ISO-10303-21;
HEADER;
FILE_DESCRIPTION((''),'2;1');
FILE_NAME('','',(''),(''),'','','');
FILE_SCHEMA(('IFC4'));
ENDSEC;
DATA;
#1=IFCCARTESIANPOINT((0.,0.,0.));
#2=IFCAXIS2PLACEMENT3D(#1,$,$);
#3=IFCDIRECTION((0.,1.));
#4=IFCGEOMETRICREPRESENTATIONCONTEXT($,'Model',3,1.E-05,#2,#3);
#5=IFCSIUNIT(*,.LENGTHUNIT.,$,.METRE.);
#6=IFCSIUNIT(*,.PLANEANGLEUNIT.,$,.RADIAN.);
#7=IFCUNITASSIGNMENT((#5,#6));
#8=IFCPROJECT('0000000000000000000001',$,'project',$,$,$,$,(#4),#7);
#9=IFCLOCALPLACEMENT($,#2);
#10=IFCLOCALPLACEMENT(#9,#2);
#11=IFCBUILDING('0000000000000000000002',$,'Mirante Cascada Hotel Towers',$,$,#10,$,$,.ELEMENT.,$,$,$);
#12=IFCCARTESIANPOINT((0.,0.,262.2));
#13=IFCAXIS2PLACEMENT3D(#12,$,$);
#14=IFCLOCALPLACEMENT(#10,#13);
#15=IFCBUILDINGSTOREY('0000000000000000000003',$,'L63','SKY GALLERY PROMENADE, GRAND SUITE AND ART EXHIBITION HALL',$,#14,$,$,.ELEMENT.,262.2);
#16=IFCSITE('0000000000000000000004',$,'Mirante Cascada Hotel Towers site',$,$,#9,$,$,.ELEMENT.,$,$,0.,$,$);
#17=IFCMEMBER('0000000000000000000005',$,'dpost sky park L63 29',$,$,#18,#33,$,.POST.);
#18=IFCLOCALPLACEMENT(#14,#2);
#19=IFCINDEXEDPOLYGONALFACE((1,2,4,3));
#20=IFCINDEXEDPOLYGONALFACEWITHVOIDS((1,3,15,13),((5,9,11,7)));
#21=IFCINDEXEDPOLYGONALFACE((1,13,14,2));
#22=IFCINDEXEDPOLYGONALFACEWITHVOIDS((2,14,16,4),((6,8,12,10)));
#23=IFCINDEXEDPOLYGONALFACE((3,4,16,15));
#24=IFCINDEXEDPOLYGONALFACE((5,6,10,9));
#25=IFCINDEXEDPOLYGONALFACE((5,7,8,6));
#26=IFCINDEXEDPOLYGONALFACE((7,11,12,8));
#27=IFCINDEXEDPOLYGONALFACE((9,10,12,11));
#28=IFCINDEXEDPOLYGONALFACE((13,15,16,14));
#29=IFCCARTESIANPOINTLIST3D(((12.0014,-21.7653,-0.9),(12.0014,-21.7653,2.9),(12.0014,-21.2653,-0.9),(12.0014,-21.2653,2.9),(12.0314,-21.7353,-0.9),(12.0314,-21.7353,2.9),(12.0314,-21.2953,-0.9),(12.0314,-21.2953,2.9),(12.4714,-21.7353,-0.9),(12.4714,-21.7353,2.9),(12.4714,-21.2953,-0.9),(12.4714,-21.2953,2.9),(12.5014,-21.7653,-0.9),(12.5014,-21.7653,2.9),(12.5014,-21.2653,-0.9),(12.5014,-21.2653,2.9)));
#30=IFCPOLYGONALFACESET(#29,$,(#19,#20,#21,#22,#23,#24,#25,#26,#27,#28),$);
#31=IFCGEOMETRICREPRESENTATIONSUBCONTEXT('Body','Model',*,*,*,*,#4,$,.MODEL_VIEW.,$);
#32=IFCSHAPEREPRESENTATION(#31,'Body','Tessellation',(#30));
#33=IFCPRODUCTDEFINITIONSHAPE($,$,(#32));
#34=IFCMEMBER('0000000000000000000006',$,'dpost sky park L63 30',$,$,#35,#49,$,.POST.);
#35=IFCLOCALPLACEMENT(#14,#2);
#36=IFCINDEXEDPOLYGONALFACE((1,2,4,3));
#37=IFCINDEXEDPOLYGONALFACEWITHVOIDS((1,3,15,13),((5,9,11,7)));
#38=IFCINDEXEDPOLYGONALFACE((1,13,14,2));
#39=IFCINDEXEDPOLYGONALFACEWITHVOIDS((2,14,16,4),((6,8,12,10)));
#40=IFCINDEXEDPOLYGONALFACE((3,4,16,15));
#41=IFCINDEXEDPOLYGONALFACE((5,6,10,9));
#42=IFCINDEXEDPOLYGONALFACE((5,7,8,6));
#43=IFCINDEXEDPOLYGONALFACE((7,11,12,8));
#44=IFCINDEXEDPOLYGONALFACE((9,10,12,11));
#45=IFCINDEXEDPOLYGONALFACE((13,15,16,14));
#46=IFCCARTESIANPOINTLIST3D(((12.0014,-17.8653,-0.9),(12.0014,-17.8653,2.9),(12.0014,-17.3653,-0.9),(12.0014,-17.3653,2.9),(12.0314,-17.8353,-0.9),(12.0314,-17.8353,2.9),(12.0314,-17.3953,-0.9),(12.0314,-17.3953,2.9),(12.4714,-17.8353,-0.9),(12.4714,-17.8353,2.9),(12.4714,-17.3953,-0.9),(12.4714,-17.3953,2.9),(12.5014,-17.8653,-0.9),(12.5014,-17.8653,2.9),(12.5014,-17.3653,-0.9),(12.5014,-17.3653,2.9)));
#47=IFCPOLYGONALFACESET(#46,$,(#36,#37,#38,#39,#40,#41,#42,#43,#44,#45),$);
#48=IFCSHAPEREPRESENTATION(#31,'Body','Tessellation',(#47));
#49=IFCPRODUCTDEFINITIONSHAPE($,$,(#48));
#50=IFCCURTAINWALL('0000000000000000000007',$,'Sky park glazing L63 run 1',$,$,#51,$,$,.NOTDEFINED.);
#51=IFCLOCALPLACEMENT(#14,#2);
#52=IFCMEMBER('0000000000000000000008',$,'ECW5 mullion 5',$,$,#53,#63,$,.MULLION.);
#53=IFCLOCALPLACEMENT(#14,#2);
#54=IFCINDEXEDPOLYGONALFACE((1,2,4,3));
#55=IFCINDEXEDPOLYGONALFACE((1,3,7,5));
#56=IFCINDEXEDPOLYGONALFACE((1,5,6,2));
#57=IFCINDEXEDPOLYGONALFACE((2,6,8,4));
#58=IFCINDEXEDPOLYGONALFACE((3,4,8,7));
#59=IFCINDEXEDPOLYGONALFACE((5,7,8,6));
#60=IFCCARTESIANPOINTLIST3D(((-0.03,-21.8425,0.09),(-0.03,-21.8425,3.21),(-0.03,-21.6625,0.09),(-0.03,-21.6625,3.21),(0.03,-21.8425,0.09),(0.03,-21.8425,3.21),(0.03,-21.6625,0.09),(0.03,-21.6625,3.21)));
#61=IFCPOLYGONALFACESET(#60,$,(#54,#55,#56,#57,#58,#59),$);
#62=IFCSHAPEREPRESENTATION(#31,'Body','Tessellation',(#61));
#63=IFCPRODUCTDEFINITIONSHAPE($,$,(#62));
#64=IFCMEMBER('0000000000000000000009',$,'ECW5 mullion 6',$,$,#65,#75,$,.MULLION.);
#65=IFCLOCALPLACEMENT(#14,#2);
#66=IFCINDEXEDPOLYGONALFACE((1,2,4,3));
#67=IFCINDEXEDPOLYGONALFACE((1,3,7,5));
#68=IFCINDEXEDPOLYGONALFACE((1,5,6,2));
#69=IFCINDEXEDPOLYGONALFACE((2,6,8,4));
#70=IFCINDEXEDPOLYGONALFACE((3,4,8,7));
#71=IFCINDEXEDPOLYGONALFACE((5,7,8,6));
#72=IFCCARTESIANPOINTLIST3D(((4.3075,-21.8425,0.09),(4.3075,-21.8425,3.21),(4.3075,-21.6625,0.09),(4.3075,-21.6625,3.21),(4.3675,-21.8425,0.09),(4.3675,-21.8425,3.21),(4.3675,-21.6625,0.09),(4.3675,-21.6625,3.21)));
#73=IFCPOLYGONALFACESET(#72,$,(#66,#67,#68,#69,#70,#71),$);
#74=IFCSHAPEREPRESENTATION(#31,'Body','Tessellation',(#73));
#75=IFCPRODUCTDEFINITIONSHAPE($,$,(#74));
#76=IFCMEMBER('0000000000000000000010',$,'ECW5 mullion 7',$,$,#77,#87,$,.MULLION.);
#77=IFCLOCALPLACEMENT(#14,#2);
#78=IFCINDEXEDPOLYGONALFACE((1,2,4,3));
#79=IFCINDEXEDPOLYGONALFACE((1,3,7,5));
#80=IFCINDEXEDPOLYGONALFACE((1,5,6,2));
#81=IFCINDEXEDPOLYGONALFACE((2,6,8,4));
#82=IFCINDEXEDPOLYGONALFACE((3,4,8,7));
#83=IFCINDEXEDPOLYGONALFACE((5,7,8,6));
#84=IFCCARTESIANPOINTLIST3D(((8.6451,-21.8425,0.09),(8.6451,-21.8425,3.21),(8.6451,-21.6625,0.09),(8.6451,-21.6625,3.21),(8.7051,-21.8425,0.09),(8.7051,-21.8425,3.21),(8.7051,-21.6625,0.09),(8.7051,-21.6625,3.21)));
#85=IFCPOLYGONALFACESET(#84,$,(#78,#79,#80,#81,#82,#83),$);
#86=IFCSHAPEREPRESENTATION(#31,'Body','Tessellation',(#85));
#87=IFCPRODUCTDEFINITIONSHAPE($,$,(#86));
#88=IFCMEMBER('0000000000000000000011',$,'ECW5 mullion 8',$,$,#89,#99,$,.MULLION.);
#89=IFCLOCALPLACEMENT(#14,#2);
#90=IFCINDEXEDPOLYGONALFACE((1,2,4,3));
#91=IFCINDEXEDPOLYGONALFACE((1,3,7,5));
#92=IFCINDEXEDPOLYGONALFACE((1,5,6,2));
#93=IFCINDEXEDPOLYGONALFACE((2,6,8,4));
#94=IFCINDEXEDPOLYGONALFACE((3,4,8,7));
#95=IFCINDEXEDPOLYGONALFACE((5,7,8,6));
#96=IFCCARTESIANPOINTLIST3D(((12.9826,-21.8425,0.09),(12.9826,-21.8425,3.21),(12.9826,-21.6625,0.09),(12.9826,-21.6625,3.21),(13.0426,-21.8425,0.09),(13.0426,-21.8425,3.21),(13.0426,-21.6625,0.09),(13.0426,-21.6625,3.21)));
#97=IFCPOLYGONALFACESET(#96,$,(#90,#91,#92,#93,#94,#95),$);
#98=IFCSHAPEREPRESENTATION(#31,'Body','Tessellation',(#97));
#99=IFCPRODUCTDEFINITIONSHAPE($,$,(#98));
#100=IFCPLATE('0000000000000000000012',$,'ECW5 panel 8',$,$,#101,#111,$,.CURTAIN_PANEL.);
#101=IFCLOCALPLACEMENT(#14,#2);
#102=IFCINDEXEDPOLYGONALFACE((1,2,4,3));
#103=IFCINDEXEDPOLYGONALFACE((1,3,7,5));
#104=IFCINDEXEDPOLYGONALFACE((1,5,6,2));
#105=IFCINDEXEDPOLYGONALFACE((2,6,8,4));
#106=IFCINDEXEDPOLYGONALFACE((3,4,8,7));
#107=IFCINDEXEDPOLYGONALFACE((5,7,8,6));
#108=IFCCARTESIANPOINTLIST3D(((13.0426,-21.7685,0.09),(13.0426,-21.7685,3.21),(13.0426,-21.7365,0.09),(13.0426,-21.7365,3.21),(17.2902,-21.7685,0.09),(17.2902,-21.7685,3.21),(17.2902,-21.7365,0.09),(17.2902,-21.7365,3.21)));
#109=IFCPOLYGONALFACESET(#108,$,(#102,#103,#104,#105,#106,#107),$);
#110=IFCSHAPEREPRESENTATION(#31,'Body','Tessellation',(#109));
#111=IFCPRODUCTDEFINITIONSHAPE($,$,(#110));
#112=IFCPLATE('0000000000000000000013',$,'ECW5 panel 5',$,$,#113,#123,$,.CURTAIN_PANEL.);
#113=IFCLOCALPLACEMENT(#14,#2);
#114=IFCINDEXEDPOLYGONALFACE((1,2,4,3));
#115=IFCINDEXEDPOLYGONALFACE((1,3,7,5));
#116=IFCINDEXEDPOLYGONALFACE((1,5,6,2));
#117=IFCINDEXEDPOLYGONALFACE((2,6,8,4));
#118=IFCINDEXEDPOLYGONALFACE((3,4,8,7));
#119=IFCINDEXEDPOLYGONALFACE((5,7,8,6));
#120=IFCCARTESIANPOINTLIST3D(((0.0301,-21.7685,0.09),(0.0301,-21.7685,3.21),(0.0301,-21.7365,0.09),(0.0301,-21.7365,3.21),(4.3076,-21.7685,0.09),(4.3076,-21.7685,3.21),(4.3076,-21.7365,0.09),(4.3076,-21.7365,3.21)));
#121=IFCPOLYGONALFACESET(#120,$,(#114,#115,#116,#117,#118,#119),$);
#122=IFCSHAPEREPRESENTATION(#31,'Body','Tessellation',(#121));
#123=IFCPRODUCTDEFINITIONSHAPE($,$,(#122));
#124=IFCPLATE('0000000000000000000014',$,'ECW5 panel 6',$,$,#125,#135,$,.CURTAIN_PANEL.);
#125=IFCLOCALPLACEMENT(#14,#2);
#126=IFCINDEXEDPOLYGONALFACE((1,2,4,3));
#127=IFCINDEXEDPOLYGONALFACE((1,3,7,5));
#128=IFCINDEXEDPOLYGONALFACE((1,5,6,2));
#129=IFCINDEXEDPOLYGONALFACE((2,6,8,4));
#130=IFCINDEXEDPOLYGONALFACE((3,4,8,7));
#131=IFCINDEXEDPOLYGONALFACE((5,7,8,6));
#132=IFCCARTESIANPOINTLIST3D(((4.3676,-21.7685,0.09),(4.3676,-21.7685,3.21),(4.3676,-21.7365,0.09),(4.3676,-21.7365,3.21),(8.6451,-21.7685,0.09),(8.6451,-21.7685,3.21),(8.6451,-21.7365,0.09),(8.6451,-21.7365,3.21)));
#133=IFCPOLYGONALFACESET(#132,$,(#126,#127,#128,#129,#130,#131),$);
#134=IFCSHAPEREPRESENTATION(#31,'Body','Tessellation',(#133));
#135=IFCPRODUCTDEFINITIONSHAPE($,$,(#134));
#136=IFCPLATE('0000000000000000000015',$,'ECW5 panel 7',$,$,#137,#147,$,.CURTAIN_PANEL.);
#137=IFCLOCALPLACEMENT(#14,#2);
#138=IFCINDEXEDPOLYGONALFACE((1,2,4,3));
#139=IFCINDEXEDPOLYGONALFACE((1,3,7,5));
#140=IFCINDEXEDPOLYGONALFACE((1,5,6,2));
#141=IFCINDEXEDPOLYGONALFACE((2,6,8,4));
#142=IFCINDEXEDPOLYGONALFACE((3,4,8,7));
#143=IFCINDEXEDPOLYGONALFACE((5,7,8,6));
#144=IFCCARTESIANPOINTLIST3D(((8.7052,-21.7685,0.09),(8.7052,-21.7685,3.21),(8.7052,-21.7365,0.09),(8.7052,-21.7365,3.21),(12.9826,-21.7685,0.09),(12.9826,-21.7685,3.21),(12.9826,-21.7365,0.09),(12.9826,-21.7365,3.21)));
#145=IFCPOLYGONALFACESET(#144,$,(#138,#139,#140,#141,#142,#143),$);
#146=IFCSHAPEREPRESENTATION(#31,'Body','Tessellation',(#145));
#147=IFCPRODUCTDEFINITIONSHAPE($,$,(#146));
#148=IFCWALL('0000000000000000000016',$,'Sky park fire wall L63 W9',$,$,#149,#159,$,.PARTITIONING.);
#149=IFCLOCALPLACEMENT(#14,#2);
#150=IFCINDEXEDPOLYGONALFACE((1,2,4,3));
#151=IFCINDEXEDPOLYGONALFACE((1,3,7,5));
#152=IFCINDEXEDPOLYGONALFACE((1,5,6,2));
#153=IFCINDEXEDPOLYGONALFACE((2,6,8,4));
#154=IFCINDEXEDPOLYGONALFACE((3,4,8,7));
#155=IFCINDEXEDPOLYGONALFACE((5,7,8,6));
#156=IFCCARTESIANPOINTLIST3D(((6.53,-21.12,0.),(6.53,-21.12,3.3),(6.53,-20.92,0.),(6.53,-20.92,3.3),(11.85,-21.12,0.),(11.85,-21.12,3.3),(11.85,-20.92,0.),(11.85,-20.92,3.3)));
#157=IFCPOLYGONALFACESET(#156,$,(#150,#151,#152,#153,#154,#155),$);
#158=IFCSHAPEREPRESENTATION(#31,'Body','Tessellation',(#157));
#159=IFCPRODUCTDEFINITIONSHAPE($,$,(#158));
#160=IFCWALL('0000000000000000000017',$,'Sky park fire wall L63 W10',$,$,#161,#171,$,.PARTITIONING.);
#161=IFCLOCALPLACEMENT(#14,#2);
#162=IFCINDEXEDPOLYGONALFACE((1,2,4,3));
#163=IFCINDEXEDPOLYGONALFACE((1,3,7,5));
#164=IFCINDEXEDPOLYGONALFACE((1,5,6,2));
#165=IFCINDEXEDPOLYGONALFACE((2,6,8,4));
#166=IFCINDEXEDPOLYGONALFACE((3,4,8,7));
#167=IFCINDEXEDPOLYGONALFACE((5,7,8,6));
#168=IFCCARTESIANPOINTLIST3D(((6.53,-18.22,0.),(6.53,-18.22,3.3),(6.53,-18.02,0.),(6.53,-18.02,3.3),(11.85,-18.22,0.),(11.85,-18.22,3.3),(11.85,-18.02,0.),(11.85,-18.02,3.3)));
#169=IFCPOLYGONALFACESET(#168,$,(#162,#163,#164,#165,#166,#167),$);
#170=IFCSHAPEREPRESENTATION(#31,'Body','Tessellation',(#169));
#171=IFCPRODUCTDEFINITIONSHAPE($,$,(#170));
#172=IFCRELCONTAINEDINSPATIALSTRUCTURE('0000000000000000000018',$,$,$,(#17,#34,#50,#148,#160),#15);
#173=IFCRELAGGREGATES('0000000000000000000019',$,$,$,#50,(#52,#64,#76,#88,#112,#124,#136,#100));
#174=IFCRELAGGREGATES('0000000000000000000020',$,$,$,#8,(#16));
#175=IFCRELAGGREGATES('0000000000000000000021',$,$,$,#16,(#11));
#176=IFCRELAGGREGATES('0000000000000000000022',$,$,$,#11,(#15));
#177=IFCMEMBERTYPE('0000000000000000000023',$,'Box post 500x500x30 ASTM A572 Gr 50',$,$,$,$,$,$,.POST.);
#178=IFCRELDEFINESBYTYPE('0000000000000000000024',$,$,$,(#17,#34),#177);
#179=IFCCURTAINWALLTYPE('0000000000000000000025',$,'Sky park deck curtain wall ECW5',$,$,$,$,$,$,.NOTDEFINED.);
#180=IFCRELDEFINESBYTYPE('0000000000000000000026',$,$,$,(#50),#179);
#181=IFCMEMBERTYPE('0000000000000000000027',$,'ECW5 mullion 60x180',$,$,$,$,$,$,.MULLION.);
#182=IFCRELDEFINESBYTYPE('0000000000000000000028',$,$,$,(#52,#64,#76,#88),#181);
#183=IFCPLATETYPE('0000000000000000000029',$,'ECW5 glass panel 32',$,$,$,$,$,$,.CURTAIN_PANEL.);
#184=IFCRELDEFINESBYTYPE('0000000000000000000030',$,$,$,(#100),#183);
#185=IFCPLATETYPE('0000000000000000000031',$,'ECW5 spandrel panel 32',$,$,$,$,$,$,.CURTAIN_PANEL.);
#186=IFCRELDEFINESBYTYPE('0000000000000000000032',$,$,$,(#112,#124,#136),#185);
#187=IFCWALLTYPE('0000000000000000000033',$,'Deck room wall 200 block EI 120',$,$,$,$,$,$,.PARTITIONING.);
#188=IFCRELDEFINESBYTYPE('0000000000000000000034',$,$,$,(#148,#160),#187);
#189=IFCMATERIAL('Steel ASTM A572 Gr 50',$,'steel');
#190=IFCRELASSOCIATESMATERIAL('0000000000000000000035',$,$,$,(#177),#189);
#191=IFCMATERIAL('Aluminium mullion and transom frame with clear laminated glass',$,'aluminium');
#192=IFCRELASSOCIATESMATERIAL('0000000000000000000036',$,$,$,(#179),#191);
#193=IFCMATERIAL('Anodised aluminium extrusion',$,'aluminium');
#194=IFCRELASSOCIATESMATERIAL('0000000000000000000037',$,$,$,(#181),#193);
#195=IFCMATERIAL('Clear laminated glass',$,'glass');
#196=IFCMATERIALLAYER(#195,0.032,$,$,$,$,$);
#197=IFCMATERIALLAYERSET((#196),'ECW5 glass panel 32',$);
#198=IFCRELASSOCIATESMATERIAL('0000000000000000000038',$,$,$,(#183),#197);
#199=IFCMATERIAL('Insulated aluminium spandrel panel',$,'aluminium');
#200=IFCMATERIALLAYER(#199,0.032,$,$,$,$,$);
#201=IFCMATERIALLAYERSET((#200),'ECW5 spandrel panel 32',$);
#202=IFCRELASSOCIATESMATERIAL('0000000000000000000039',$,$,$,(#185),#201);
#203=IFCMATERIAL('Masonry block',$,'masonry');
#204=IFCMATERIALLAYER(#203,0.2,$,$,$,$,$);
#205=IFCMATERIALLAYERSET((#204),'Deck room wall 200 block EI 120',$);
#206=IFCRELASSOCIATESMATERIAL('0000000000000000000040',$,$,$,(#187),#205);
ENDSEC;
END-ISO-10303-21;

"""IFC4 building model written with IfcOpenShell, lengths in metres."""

from ifc_helpers import new_model, si_unit, direction, frame, frame_2d, origin, origin_2d, place, context, subcontext, project, spatial, rectangle, hollow_rectangle, extrude, material, layer, layer_set, material_profile, profile_set, type_object, element, aggregate, save


model = new_model("IFC4")

# Units and contexts
model_context = context("Model", 3, precision=1e-05, world=origin(), true_north=direction((0.0, 1.0)))
body_context = subcontext(model_context, "Body", "Model", "MODEL_VIEW")
ifc_project = project(units=[si_unit("LENGTHUNIT", "METRE"), si_unit("PLANEANGLEUNIT", "RADIAN")], contexts=[model_context])

# Site, building, storey
site_placement = place(None, origin())
site = spatial("IfcSite", under=ifc_project, at=site_placement, Name="Mirante Cascada Hotel Towers site", CompositionType="ELEMENT", RefElevation=0.0)
building_placement = place(site_placement, origin())
building = spatial("IfcBuilding", under=site, at=building_placement, Name="Mirante Cascada Hotel Towers", CompositionType="ELEMENT")
storey_placement = place(building_placement, frame((0.0, 0.0, 262.2)))
storey = spatial("IfcBuildingStorey", under=building, at=storey_placement, Name="L63", Description="SKY GALLERY PROMENADE, GRAND SUITE AND ART EXHIBITION HALL", CompositionType="ELEMENT", Elevation=262.2)

# Members
ifc_material_1 = material(Name="Steel ASTM A572 Gr 50", Category="steel")
ifc_material_profile_1 = material_profile(ifc_material_1, hollow_rectangle(XDim=0.5, YDim=0.5, WallThickness=0.03, at=origin_2d()), Name="Box post 500x500x30 ASTM A572 Gr 50")
ifc_profile_set_1 = profile_set([ifc_material_profile_1], Name="Steel ASTM A572 Gr 50")
member_type_1 = type_object("IfcMemberType", Name="Box post 500x500x30 ASTM A572 Gr 50", PredefinedType="POST", material=ifc_profile_set_1)
for number, where, z_axis, x_axis, name in (
    (1, (12.2514, -21.5153, -0.9), (0.0, 0.0, 1.0), (1.0, 0.0, 0.0), "dpost sky park L63 29"),
    (2, (12.2514, -17.6153, -0.9), (0.0, 0.0, 1.0), (1.0, 0.0, 0.0), "dpost sky park L63 30"),
):
    element("IfcMember", number, at=place(storey_placement, frame(where, z_axis=z_axis, x_axis=x_axis)), inside=storey, type_object=member_type_1, Name=name, PredefinedType="POST", context=body_context, shape_type="SweptSolid", body=[
        extrude(hollow_rectangle(XDim=0.5, YDim=0.5, WallThickness=0.03, at=origin_2d()), origin(), (0.0, 0.0, 1.0), 3.8),
    ])

# Curtain wall, members, plates
ifc_material_2 = material(Name="Aluminium mullion and transom frame with clear laminated glass", Category="aluminium")
curtain_wall_type = type_object("IfcCurtainWallType", Name="Sky park deck curtain wall ECW5", PredefinedType="NOTDEFINED", material=ifc_material_2)
curtain_wall_placement = place(storey_placement, origin())
curtain_wall = element("IfcCurtainWall", 3, at=curtain_wall_placement, inside=storey, type_object=curtain_wall_type, Name="Sky park glazing L63 run 1", PredefinedType="NOTDEFINED")
ifc_material_3 = material(Name="Anodised aluminium extrusion", Category="aluminium")
ifc_material_profile_2 = material_profile(ifc_material_3, rectangle(XDim=0.18, YDim=0.06, at=origin_2d()), Name="ECW5 MULLION 60x180")
ifc_profile_set_2 = profile_set([ifc_material_profile_2], Name="Anodised aluminium extrusion")
member_type_2 = type_object("IfcMemberType", Name="ECW5 mullion 60x180", PredefinedType="MULLION", material=ifc_profile_set_2)
member_1_placement = place(storey_placement, frame((0.0, -21.7525, 0.09), z_axis=(0.0, 0.0, 1.0), x_axis=(0.0, 1.0, 0.0)))
member_1 = element("IfcMember", 4, at=member_1_placement, type_object=member_type_2, Name="ECW5 mullion 5", PredefinedType="MULLION", context=body_context, shape_type="SweptSolid", body=[
    extrude(rectangle(XDim=0.18, YDim=0.06, at=origin_2d()), origin(), (0.0, 0.0, 1.0), 3.12),
])
member_2_placement = place(storey_placement, frame((4.3375, -21.7525, 0.09), z_axis=(0.0, 0.0, 1.0), x_axis=(0.0, 1.0, 0.0)))
member_2 = element("IfcMember", 5, at=member_2_placement, type_object=member_type_2, Name="ECW5 mullion 6", PredefinedType="MULLION", context=body_context, shape_type="SweptSolid", body=[
    extrude(rectangle(XDim=0.18, YDim=0.06, at=origin_2d()), origin(), (0.0, 0.0, 1.0), 3.12),
])
member_3_placement = place(storey_placement, frame((8.6751, -21.7525, 0.09), z_axis=(0.0, 0.0, 1.0), x_axis=(0.0, 1.0, 0.0)))
member_3 = element("IfcMember", 6, at=member_3_placement, type_object=member_type_2, Name="ECW5 mullion 7", PredefinedType="MULLION", context=body_context, shape_type="SweptSolid", body=[
    extrude(rectangle(XDim=0.18, YDim=0.06, at=origin_2d()), origin(), (0.0, 0.0, 1.0), 3.12),
])
member_4_placement = place(storey_placement, frame((13.0126, -21.7525, 0.09), z_axis=(0.0, 0.0, 1.0), x_axis=(0.0, 1.0, 0.0)))
member_4 = element("IfcMember", 7, at=member_4_placement, type_object=member_type_2, Name="ECW5 mullion 8", PredefinedType="MULLION", context=body_context, shape_type="SweptSolid", body=[
    extrude(rectangle(XDim=0.18, YDim=0.06, at=origin_2d()), origin(), (0.0, 0.0, 1.0), 3.12),
])
ifc_material_4 = material(Name="Clear laminated glass", Category="glass")
ifc_layer_1 = layer(ifc_material_4, 0.032)
ifc_layer_set_1 = layer_set([ifc_layer_1], Name="ECW5 glass panel 32")
plate_type_1 = type_object("IfcPlateType", Name="ECW5 glass panel 32", PredefinedType="CURTAIN_PANEL", material=ifc_layer_set_1)
plate_1_placement = place(storey_placement, frame((15.1664, -21.7525, 0.09), z_axis=(0.0, 0.0, 1.0), x_axis=(1.0, 0.0, 0.0)))
plate_1 = element("IfcPlate", 8, at=plate_1_placement, type_object=plate_type_1, Name="ECW5 panel 8", PredefinedType="CURTAIN_PANEL", context=body_context, shape_type="SweptSolid", body=[
    extrude(rectangle(XDim=4.2475, YDim=0.032, at=origin_2d()), origin(), (0.0, 0.0, 1.0), 3.12),
])
ifc_material_5 = material(Name="Insulated aluminium spandrel panel", Category="aluminium")
ifc_layer_2 = layer(ifc_material_5, 0.032)
ifc_layer_set_2 = layer_set([ifc_layer_2], Name="ECW5 spandrel panel 32")
plate_type_2 = type_object("IfcPlateType", Name="ECW5 spandrel panel 32", PredefinedType="CURTAIN_PANEL", material=ifc_layer_set_2)
plate_2_placement = place(storey_placement, frame((2.1688, -21.7525, 0.09), z_axis=(0.0, 0.0, 1.0), x_axis=(1.0, 0.0, 0.0)))
plate_2 = element("IfcPlate", 9, at=plate_2_placement, type_object=plate_type_2, Name="ECW5 panel 5", PredefinedType="CURTAIN_PANEL", context=body_context, shape_type="SweptSolid", body=[
    extrude(rectangle(XDim=4.2775, YDim=0.032, at=origin_2d()), origin(), (0.0, 0.0, 1.0), 3.12),
])
plate_3_placement = place(storey_placement, frame((6.5063, -21.7525, 0.09), z_axis=(0.0, 0.0, 1.0), x_axis=(1.0, 0.0, 0.0)))
plate_3 = element("IfcPlate", 10, at=plate_3_placement, type_object=plate_type_2, Name="ECW5 panel 6", PredefinedType="CURTAIN_PANEL", context=body_context, shape_type="SweptSolid", body=[
    extrude(rectangle(XDim=4.2775, YDim=0.032, at=origin_2d()), origin(), (0.0, 0.0, 1.0), 3.12),
])
plate_4_placement = place(storey_placement, frame((10.8439, -21.7525, 0.09), z_axis=(0.0, 0.0, 1.0), x_axis=(1.0, 0.0, 0.0)))
plate_4 = element("IfcPlate", 11, at=plate_4_placement, type_object=plate_type_2, Name="ECW5 panel 7", PredefinedType="CURTAIN_PANEL", context=body_context, shape_type="SweptSolid", body=[
    extrude(rectangle(XDim=4.2775, YDim=0.032, at=origin_2d()), origin(), (0.0, 0.0, 1.0), 3.12),
])
aggregate(curtain_wall, [member_1, member_2, member_3, member_4, plate_2, plate_3, plate_4, plate_1])

# Walls
ifc_material_6 = material(Name="Masonry block", Category="masonry")
ifc_layer_3 = layer(ifc_material_6, 0.2)
ifc_layer_set_3 = layer_set([ifc_layer_3], Name="Deck room wall 200 block EI 120")
wall_type_1 = type_object("IfcWallType", Name="Deck room wall 200 block EI 120", PredefinedType="PARTITIONING", material=ifc_layer_set_3)
for number, where, z_axis, x_axis, name in (
    (12, (6.53, -21.02, 0.0), (0.0, 0.0, 1.0), (1.0, 0.0, 0.0), "Sky park fire wall L63 W9"),
    (13, (6.53, -18.12, 0.0), (0.0, 0.0, 1.0), (1.0, 0.0, 0.0), "Sky park fire wall L63 W10"),
):
    element("IfcWall", number, at=place(storey_placement, frame(where, z_axis=z_axis, x_axis=x_axis)), inside=storey, type_object=wall_type_1, Name=name, PredefinedType="PARTITIONING", context=body_context, shape_type="SweptSolid", body=[
        extrude(rectangle(XDim=5.32, YDim=0.2, at=frame_2d((2.66, 0.0))), origin(), (0.0, 0.0, 1.0), 3.3),
    ])

save(model, "model.ifc")
